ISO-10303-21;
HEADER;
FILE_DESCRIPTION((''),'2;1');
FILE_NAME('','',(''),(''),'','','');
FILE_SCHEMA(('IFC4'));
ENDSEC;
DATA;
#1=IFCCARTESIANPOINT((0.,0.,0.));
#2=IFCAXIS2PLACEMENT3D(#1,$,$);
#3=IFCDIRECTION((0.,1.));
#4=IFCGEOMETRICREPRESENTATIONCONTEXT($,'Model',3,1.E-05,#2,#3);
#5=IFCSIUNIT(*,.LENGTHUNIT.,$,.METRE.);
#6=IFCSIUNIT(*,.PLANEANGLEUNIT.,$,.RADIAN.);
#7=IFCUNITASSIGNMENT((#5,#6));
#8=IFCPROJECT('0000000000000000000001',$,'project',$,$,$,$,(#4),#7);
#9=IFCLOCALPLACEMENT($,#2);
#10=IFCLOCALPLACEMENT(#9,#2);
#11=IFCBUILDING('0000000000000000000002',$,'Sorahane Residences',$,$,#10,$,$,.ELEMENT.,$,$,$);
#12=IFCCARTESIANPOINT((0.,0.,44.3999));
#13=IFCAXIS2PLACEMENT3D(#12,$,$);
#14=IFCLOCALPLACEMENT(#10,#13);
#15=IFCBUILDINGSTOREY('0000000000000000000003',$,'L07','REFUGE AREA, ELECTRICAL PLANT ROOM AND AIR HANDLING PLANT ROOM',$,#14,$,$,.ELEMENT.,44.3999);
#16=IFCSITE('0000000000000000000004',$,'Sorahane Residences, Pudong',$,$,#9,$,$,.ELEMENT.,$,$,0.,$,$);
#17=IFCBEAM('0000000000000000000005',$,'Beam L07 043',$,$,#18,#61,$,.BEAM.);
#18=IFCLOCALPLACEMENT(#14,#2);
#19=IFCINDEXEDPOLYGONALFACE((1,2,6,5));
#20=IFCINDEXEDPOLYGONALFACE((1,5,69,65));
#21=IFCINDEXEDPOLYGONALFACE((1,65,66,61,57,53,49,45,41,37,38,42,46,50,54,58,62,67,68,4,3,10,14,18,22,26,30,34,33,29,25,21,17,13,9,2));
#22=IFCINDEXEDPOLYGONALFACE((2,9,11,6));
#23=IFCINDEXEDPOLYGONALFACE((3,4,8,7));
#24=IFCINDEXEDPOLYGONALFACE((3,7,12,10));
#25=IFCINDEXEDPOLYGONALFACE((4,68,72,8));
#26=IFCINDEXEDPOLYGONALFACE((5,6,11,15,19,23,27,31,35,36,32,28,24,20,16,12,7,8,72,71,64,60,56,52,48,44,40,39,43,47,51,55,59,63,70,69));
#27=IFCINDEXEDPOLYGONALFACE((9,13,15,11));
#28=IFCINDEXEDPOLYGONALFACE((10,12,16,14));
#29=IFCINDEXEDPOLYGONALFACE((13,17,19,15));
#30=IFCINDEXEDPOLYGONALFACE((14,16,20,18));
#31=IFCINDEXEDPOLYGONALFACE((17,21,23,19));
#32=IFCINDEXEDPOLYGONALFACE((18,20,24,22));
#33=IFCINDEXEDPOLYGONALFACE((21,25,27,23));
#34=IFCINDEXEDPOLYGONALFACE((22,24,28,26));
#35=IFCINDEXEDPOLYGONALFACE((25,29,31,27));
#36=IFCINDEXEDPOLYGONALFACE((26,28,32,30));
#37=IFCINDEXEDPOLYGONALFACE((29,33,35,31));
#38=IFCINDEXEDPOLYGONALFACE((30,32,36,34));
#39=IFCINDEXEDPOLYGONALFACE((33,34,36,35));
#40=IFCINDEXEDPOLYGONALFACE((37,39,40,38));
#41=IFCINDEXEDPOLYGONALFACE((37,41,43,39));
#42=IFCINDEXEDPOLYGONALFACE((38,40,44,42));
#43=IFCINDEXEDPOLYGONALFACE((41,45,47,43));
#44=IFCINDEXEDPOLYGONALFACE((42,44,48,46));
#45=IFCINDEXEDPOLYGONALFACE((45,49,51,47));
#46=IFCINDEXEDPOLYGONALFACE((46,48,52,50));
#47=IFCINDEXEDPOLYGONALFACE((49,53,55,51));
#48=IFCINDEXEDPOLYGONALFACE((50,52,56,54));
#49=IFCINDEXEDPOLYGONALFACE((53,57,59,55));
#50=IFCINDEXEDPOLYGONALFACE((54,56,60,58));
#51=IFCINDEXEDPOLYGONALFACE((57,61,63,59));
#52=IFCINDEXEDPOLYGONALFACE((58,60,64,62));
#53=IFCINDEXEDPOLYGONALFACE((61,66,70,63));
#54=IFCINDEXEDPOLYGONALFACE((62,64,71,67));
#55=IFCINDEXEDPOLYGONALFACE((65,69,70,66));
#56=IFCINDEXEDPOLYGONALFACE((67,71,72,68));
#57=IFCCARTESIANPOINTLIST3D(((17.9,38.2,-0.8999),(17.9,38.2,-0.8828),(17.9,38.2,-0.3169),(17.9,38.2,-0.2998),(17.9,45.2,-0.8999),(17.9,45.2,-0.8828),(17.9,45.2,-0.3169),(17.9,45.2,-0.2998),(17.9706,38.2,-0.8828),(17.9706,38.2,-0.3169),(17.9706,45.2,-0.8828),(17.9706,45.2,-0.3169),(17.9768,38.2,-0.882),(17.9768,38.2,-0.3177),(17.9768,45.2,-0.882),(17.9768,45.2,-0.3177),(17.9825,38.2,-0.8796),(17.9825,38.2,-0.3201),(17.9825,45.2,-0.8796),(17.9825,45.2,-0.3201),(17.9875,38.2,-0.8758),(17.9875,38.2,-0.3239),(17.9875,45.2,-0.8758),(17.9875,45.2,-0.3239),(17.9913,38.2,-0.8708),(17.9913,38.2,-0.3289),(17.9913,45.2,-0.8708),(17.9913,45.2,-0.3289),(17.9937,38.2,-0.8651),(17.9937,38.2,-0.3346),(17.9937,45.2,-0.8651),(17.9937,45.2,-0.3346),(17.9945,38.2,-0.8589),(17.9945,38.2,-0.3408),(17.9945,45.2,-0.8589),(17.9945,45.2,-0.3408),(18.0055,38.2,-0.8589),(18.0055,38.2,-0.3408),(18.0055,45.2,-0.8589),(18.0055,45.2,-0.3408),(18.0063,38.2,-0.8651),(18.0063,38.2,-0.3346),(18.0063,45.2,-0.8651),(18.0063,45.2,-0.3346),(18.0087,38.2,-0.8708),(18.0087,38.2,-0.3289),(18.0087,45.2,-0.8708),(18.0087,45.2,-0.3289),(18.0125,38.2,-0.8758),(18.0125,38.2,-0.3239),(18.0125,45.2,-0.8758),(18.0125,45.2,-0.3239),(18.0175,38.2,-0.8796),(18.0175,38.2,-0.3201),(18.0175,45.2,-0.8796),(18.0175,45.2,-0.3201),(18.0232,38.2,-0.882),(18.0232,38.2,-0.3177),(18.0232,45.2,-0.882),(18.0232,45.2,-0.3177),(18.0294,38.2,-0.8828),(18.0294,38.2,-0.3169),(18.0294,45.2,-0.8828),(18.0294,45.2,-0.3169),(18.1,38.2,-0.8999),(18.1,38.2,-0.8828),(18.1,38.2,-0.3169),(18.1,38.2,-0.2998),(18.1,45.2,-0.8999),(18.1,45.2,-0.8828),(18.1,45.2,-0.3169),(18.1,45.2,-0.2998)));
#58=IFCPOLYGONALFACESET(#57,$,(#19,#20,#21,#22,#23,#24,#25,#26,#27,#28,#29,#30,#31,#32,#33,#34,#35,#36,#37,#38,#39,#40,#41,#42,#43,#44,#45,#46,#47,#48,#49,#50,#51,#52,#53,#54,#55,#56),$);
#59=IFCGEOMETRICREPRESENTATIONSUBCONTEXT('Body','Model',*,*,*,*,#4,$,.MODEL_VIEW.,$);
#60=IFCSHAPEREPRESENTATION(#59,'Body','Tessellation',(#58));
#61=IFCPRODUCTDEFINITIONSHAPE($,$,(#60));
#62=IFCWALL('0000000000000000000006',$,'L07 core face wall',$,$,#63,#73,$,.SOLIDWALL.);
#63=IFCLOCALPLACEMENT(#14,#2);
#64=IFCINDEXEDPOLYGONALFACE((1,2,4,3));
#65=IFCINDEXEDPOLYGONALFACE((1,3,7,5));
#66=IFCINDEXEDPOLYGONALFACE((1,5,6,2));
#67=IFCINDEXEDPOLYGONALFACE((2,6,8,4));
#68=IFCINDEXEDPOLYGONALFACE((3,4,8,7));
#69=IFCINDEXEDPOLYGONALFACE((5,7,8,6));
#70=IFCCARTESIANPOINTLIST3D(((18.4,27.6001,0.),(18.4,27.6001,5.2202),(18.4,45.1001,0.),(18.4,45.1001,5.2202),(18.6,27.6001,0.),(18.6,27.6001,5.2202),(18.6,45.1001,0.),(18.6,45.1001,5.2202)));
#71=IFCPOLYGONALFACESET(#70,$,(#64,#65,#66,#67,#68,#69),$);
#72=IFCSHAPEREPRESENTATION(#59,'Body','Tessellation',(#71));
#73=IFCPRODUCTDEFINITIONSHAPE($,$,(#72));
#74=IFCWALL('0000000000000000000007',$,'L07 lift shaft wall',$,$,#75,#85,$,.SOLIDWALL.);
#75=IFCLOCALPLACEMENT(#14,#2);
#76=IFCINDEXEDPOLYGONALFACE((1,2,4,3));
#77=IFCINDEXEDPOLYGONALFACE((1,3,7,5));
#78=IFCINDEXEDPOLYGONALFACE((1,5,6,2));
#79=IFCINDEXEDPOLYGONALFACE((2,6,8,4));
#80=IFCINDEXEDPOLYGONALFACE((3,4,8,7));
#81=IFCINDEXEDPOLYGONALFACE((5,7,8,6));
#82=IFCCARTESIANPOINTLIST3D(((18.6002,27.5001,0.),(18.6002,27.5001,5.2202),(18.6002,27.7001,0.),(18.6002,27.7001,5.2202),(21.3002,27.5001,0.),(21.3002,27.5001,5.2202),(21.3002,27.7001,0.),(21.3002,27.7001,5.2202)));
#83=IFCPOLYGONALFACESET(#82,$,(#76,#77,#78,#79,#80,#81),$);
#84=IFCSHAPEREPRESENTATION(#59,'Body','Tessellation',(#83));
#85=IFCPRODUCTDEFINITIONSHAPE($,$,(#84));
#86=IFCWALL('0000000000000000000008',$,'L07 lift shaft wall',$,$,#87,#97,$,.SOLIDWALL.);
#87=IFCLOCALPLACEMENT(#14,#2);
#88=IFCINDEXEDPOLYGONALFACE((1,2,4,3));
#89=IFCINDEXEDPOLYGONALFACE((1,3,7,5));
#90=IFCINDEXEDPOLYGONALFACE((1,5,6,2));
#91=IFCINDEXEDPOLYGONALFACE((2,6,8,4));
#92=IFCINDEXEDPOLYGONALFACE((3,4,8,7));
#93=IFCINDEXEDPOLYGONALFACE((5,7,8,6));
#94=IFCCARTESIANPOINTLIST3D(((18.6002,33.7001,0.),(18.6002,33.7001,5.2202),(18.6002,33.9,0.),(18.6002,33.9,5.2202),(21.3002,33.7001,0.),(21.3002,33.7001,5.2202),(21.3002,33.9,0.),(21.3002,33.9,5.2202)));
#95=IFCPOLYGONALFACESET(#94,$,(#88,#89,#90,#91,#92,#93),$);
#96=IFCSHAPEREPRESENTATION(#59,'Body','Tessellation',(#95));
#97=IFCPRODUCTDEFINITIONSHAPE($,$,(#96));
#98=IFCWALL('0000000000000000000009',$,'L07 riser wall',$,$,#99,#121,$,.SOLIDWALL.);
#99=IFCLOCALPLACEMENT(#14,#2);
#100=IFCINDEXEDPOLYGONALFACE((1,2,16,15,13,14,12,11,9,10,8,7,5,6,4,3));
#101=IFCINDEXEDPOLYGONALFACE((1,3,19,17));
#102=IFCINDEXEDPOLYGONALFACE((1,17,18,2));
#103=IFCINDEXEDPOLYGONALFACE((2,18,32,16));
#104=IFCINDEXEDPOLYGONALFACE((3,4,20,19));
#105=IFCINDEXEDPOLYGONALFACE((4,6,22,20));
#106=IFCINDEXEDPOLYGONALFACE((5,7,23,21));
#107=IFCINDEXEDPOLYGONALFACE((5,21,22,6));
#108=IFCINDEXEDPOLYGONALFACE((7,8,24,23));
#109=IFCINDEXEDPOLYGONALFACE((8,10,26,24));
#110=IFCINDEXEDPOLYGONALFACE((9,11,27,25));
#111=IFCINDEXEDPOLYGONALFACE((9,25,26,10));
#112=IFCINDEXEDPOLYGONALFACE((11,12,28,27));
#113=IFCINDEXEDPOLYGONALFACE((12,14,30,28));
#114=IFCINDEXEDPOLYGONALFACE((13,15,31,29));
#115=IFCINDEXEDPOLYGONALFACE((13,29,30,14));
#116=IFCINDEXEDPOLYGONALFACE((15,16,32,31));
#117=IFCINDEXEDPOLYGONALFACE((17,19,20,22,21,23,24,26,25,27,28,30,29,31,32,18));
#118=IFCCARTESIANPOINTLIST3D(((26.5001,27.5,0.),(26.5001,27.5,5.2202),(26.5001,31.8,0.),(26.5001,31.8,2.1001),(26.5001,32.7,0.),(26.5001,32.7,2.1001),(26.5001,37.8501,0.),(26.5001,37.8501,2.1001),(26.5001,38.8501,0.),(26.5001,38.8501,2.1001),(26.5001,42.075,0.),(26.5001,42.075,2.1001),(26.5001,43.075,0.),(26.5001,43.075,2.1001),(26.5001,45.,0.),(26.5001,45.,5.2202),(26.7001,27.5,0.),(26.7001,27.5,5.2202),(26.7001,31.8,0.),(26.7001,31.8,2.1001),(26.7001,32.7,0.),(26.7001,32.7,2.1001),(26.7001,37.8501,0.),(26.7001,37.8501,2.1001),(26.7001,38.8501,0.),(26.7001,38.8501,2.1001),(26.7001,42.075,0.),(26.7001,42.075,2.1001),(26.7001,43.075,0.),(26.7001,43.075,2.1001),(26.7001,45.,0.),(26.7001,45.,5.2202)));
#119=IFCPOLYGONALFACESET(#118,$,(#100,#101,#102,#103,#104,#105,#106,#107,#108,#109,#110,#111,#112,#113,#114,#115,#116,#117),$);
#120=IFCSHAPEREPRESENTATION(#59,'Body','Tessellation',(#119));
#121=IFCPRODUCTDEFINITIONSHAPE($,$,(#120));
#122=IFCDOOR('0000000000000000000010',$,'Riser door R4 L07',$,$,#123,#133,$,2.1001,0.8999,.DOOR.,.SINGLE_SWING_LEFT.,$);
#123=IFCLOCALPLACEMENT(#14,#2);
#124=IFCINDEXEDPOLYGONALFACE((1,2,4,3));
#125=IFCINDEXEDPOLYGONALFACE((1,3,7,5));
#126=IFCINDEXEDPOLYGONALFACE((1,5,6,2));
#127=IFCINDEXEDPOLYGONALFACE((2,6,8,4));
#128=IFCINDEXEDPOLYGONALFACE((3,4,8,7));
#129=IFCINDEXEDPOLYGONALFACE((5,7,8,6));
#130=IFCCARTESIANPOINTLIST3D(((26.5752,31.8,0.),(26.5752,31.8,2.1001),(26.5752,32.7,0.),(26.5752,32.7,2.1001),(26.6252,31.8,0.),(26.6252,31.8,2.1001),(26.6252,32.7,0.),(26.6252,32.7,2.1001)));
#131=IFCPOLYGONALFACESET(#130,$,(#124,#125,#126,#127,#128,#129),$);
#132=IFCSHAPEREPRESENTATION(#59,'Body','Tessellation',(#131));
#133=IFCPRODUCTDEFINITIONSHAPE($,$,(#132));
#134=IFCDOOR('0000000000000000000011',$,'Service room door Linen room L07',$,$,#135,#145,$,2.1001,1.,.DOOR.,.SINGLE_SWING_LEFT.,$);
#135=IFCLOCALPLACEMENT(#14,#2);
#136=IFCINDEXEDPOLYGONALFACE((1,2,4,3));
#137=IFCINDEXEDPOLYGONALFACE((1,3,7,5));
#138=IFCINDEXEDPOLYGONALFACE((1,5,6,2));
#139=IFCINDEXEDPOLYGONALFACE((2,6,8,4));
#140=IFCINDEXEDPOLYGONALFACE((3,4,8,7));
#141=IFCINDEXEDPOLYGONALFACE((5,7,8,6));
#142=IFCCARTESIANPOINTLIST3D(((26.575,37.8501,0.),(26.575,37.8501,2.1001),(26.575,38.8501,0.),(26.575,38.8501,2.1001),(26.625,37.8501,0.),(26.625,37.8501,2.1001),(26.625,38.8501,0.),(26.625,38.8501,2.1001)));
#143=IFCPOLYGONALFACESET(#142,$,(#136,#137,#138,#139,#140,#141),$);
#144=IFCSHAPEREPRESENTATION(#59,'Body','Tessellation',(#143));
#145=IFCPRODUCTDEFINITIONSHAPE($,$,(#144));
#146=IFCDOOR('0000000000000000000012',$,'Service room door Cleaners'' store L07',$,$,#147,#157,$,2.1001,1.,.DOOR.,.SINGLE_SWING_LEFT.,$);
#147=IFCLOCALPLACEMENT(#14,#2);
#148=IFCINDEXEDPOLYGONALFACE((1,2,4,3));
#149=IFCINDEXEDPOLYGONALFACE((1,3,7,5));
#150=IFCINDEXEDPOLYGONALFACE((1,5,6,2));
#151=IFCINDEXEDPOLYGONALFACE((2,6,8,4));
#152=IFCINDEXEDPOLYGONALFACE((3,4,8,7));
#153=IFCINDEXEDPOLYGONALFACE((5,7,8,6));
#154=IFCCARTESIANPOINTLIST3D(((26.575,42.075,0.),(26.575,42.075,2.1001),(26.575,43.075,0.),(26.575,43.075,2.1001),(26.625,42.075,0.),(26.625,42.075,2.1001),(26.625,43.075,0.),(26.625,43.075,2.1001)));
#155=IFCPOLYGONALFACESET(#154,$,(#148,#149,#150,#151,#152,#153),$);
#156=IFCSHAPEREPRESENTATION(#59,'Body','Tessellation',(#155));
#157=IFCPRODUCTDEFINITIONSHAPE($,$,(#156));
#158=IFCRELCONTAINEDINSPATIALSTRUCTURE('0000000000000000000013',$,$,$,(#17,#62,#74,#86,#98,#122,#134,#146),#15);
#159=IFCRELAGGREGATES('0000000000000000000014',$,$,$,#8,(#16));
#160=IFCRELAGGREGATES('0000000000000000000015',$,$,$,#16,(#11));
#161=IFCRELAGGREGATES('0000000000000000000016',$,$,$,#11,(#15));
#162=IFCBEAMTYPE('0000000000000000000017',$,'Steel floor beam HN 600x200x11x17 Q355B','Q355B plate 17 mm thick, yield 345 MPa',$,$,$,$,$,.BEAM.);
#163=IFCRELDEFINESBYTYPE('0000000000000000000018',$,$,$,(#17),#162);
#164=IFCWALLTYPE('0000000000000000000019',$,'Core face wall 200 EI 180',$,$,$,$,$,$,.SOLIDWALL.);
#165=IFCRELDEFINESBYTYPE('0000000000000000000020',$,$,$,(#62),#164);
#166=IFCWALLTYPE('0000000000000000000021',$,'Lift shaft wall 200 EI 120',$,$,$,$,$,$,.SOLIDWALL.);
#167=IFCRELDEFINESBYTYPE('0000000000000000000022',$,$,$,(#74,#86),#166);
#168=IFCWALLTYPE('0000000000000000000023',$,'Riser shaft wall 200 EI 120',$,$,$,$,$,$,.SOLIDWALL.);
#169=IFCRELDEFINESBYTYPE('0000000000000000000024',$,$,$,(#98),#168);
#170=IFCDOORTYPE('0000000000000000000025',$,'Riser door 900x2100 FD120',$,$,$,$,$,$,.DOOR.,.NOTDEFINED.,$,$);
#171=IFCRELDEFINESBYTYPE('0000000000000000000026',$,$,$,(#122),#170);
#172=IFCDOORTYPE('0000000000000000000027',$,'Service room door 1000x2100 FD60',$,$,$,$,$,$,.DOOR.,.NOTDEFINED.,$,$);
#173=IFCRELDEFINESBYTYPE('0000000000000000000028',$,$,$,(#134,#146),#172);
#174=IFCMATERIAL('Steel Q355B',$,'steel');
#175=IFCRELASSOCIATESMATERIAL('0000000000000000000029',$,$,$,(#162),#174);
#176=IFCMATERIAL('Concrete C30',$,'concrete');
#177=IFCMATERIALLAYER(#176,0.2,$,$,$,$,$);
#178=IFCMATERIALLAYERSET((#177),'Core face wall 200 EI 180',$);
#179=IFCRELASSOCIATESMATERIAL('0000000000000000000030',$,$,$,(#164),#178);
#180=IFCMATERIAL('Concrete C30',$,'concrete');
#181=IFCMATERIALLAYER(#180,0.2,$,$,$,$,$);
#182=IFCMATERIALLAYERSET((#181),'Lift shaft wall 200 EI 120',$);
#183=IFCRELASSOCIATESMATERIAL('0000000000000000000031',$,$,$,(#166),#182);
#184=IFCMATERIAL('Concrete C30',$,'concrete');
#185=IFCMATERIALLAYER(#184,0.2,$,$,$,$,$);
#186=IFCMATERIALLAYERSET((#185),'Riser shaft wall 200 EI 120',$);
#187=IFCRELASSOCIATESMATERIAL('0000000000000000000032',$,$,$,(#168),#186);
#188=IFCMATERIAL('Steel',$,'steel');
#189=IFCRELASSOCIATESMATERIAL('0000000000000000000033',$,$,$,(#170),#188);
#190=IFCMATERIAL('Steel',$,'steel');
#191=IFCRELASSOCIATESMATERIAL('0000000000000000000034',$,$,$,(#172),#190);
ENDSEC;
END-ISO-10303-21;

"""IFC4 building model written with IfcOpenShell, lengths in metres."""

from ifc_helpers import new_model, si_unit, direction, frame, frame_2d, origin, origin_2d, place, context, subcontext, project, spatial, rectangle, i_section, extrude, material, layer, layer_set, material_profile, profile_set, type_object, element, fill, save


model = new_model("IFC4")

# Units and contexts
model_context = context("Model", 3, precision=1e-05, world=origin(), true_north=direction((0.0, 1.0)))
body_context = subcontext(model_context, "Body", "Model", "MODEL_VIEW")
ifc_project = project(units=[si_unit("LENGTHUNIT", "METRE"), si_unit("PLANEANGLEUNIT", "RADIAN")], contexts=[model_context])

# Site, building, storey
site_placement = place(None, origin())
site = spatial("IfcSite", under=ifc_project, at=site_placement, Name="Sorahane Residences, Pudong", CompositionType="ELEMENT", RefElevation=0.0)
building_placement = place(site_placement, origin())
building = spatial("IfcBuilding", under=site, at=building_placement, Name="Sorahane Residences", CompositionType="ELEMENT")
storey_placement = place(building_placement, frame((0.0, 0.0, 44.3999)))
storey = spatial("IfcBuildingStorey", under=building, at=storey_placement, Name="L07", Description="REFUGE AREA, ELECTRICAL PLANT ROOM AND AIR HANDLING PLANT ROOM", CompositionType="ELEMENT", Elevation=44.3999)

# Beam
ifc_material_1 = material(Name="Steel Q355B", Category="steel")
ifc_material_profile = material_profile(ifc_material_1, i_section(OverallWidth=0.2, OverallDepth=0.6001, WebThickness=0.011, FlangeThickness=0.0171, FilletRadius=0.0239, at=origin_2d()), Name="HN 600x200x11x17")
ifc_profile_set = profile_set([ifc_material_profile], Name="Steel Q355B")
beam_type = type_object("IfcBeamType", Name="Steel floor beam HN 600x200x11x17 Q355B", Description="Q355B plate 17 mm thick, yield 345 MPa", PredefinedType="BEAM", material=ifc_profile_set)
beam_placement = place(storey_placement, frame((18.0, 38.2, -0.5999), z_axis=(0.0, 1.0, 0.0), x_axis=(-1.0, 0.0, 0.0)))
element("IfcBeam", 1, at=beam_placement, inside=storey, type_object=beam_type, Name="Beam L07 043", PredefinedType="BEAM", context=body_context, shape_type="SweptSolid", body=[
    extrude(i_section(OverallWidth=0.2, OverallDepth=0.6001, WebThickness=0.011, FlangeThickness=0.0171, FilletRadius=0.0239, at=origin_2d()), origin(), (0.0, 0.0, 1.0), 7.0),
])

# Walls
ifc_material_2 = material(Name="Concrete C30", Category="concrete")
ifc_layer_1 = layer(ifc_material_2, 0.2)
ifc_layer_set_1 = layer_set([ifc_layer_1], Name="Core face wall 200 EI 180")
wall_type_1 = type_object("IfcWallType", Name="Core face wall 200 EI 180", PredefinedType="SOLIDWALL", material=ifc_layer_set_1)
wall_1_placement = place(storey_placement, frame((18.5, 27.6001, 0.0), z_axis=(0.0, 0.0, 1.0), x_axis=(0.0, 1.0, 0.0)))
element("IfcWall", 2, at=wall_1_placement, inside=storey, type_object=wall_type_1, Name="L07 core face wall", PredefinedType="SOLIDWALL", context=body_context, shape_type="SweptSolid", body=[
    extrude(rectangle(XDim=17.5, YDim=0.2, at=frame_2d((8.75, 0.0))), origin(), (0.0, 0.0, 1.0), 5.2202),
])
ifc_material_3 = material(Name="Concrete C30", Category="concrete")
ifc_layer_2 = layer(ifc_material_3, 0.2)
ifc_layer_set_2 = layer_set([ifc_layer_2], Name="Lift shaft wall 200 EI 120")
wall_type_2 = type_object("IfcWallType", Name="Lift shaft wall 200 EI 120", PredefinedType="SOLIDWALL", material=ifc_layer_set_2)
for number, where, z_axis, x_axis, name in (
    (3, (18.6001, 27.6001, 0.0), (0.0, 0.0, 1.0), (1.0, 0.0, 0.0), "L07 lift shaft wall"),
    (4, (18.6001, 33.8, 0.0), (0.0, 0.0, 1.0), (1.0, 0.0, 0.0), "L07 lift shaft wall"),
):
    element("IfcWall", number, at=place(storey_placement, frame(where, z_axis=z_axis, x_axis=x_axis)), inside=storey, type_object=wall_type_2, Name=name, PredefinedType="SOLIDWALL", context=body_context, shape_type="SweptSolid", body=[
        extrude(rectangle(XDim=2.7, YDim=0.2, at=frame_2d((1.3501, 0.0))), origin(), (0.0, 0.0, 1.0), 5.2202),
    ])

# Wall, openings, doors
ifc_material_4 = material(Name="Concrete C30", Category="concrete")
ifc_layer_3 = layer(ifc_material_4, 0.2)
ifc_layer_set_3 = layer_set([ifc_layer_3], Name="Riser shaft wall 200 EI 120")
wall_type_3 = type_object("IfcWallType", Name="Riser shaft wall 200 EI 120", PredefinedType="SOLIDWALL", material=ifc_layer_set_3)
wall_2_placement = place(storey_placement, frame((26.6001, 27.5, 0.0), z_axis=(0.0, 0.0, 1.0), x_axis=(0.0, 1.0, 0.0)))
wall_2 = element("IfcWall", 5, at=wall_2_placement, inside=storey, type_object=wall_type_3, Name="L07 riser wall", PredefinedType="SOLIDWALL", context=body_context, shape_type="SweptSolid", body=[
    extrude(rectangle(XDim=17.5, YDim=0.2, at=frame_2d((8.75, 0.0))), origin(), (0.0, 0.0, 1.0), 5.2202),
])
opening_1_placement = place(wall_2_placement, frame((4.3, 0.0, 0.0)))
opening_1 = element("IfcOpeningElement", 6, at=opening_1_placement, cuts=wall_2, PredefinedType="OPENING", context=body_context, shape_type="SweptSolid", body=[
    extrude(rectangle(XDim=0.8999, YDim=2.1001, at=frame_2d((0.45, 1.05))), frame((0.0, 0.1099, 0.0), z_axis=(0.0, -1.0, 0.0), x_axis=(1.0, 0.0, 0.0)), (0.0, 0.0, 1.0), 0.22),
])
opening_2_placement = place(wall_2_placement, frame((10.3501, 0.0, 0.0)))
opening_2 = element("IfcOpeningElement", 7, at=opening_2_placement, cuts=wall_2, PredefinedType="OPENING", context=body_context, shape_type="SweptSolid", body=[
    extrude(rectangle(XDim=1.0, YDim=2.1001, at=frame_2d((0.5, 1.05))), frame((0.0, 0.1099, 0.0), z_axis=(0.0, -1.0, 0.0), x_axis=(1.0, 0.0, 0.0)), (0.0, 0.0, 1.0), 0.22),
])
opening_3_placement = place(wall_2_placement, frame((14.575, 0.0, 0.0)))
opening_3 = element("IfcOpeningElement", 8, at=opening_3_placement, cuts=wall_2, PredefinedType="OPENING", context=body_context, shape_type="SweptSolid", body=[
    extrude(rectangle(XDim=1.0, YDim=2.1001, at=frame_2d((0.5, 1.05))), frame((0.0, 0.1099, 0.0), z_axis=(0.0, -1.0, 0.0), x_axis=(1.0, 0.0, 0.0)), (0.0, 0.0, 1.0), 0.22),
])
ifc_material_5 = material(Name="Steel", Category="steel")
door_type_1 = type_object("IfcDoorType", Name="Riser door 900x2100 FD120", OperationType="NOTDEFINED", PredefinedType="DOOR", material=ifc_material_5)
door_1_placement = place(opening_1_placement, origin())
door_1 = element("IfcDoor", 9, at=door_1_placement, inside=storey, type_object=door_type_1, Name="Riser door R4 L07", OperationType="SINGLE_SWING_LEFT", OverallHeight=2.1001, OverallWidth=0.8999, PredefinedType="DOOR", context=body_context, shape_type="SweptSolid", body=[
    extrude(rectangle(XDim=0.8999, YDim=2.1001, at=frame_2d((0.45, 1.05))), frame((0.0, 0.0249, 0.0), z_axis=(0.0, -1.0, 0.0), x_axis=(1.0, 0.0, 0.0)), (0.0, 0.0, 1.0), 0.05),
])
fill(opening_1, door_1)
ifc_material_6 = material(Name="Steel", Category="steel")
door_type_2 = type_object("IfcDoorType", Name="Service room door 1000x2100 FD60", OperationType="NOTDEFINED", PredefinedType="DOOR", material=ifc_material_6)
door_2_placement = place(opening_2_placement, frame((1.0, 0.0, 0.0), z_axis=(0.0, 0.0, 1.0), x_axis=(-1.0, 0.0, 0.0)))
door_2 = element("IfcDoor", 10, at=door_2_placement, inside=storey, type_object=door_type_2, Name="Service room door Linen room L07", OperationType="SINGLE_SWING_LEFT", OverallHeight=2.1001, OverallWidth=1.0, PredefinedType="DOOR", context=body_context, shape_type="SweptSolid", body=[
    extrude(rectangle(XDim=1.0, YDim=2.1001, at=frame_2d((0.5, 1.05))), frame((0.0, 0.0249, 0.0), z_axis=(0.0, -1.0, 0.0), x_axis=(1.0, 0.0, 0.0)), (0.0, 0.0, 1.0), 0.05),
])
fill(opening_2, door_2)
door_3_placement = place(opening_3_placement, frame((1.0, 0.0, 0.0), z_axis=(0.0, 0.0, 1.0), x_axis=(-1.0, 0.0, 0.0)))
door_3 = element("IfcDoor", 11, at=door_3_placement, inside=storey, type_object=door_type_2, Name="Service room door Cleaners' store L07", OperationType="SINGLE_SWING_LEFT", OverallHeight=2.1001, OverallWidth=1.0, PredefinedType="DOOR", context=body_context, shape_type="SweptSolid", body=[
    extrude(rectangle(XDim=1.0, YDim=2.1001, at=frame_2d((0.5, 1.05))), frame((0.0, 0.0249, 0.0), z_axis=(0.0, -1.0, 0.0), x_axis=(1.0, 0.0, 0.0)), (0.0, 0.0, 1.0), 0.05),
])
fill(opening_3, door_3)

save(model, "model.ifc")
